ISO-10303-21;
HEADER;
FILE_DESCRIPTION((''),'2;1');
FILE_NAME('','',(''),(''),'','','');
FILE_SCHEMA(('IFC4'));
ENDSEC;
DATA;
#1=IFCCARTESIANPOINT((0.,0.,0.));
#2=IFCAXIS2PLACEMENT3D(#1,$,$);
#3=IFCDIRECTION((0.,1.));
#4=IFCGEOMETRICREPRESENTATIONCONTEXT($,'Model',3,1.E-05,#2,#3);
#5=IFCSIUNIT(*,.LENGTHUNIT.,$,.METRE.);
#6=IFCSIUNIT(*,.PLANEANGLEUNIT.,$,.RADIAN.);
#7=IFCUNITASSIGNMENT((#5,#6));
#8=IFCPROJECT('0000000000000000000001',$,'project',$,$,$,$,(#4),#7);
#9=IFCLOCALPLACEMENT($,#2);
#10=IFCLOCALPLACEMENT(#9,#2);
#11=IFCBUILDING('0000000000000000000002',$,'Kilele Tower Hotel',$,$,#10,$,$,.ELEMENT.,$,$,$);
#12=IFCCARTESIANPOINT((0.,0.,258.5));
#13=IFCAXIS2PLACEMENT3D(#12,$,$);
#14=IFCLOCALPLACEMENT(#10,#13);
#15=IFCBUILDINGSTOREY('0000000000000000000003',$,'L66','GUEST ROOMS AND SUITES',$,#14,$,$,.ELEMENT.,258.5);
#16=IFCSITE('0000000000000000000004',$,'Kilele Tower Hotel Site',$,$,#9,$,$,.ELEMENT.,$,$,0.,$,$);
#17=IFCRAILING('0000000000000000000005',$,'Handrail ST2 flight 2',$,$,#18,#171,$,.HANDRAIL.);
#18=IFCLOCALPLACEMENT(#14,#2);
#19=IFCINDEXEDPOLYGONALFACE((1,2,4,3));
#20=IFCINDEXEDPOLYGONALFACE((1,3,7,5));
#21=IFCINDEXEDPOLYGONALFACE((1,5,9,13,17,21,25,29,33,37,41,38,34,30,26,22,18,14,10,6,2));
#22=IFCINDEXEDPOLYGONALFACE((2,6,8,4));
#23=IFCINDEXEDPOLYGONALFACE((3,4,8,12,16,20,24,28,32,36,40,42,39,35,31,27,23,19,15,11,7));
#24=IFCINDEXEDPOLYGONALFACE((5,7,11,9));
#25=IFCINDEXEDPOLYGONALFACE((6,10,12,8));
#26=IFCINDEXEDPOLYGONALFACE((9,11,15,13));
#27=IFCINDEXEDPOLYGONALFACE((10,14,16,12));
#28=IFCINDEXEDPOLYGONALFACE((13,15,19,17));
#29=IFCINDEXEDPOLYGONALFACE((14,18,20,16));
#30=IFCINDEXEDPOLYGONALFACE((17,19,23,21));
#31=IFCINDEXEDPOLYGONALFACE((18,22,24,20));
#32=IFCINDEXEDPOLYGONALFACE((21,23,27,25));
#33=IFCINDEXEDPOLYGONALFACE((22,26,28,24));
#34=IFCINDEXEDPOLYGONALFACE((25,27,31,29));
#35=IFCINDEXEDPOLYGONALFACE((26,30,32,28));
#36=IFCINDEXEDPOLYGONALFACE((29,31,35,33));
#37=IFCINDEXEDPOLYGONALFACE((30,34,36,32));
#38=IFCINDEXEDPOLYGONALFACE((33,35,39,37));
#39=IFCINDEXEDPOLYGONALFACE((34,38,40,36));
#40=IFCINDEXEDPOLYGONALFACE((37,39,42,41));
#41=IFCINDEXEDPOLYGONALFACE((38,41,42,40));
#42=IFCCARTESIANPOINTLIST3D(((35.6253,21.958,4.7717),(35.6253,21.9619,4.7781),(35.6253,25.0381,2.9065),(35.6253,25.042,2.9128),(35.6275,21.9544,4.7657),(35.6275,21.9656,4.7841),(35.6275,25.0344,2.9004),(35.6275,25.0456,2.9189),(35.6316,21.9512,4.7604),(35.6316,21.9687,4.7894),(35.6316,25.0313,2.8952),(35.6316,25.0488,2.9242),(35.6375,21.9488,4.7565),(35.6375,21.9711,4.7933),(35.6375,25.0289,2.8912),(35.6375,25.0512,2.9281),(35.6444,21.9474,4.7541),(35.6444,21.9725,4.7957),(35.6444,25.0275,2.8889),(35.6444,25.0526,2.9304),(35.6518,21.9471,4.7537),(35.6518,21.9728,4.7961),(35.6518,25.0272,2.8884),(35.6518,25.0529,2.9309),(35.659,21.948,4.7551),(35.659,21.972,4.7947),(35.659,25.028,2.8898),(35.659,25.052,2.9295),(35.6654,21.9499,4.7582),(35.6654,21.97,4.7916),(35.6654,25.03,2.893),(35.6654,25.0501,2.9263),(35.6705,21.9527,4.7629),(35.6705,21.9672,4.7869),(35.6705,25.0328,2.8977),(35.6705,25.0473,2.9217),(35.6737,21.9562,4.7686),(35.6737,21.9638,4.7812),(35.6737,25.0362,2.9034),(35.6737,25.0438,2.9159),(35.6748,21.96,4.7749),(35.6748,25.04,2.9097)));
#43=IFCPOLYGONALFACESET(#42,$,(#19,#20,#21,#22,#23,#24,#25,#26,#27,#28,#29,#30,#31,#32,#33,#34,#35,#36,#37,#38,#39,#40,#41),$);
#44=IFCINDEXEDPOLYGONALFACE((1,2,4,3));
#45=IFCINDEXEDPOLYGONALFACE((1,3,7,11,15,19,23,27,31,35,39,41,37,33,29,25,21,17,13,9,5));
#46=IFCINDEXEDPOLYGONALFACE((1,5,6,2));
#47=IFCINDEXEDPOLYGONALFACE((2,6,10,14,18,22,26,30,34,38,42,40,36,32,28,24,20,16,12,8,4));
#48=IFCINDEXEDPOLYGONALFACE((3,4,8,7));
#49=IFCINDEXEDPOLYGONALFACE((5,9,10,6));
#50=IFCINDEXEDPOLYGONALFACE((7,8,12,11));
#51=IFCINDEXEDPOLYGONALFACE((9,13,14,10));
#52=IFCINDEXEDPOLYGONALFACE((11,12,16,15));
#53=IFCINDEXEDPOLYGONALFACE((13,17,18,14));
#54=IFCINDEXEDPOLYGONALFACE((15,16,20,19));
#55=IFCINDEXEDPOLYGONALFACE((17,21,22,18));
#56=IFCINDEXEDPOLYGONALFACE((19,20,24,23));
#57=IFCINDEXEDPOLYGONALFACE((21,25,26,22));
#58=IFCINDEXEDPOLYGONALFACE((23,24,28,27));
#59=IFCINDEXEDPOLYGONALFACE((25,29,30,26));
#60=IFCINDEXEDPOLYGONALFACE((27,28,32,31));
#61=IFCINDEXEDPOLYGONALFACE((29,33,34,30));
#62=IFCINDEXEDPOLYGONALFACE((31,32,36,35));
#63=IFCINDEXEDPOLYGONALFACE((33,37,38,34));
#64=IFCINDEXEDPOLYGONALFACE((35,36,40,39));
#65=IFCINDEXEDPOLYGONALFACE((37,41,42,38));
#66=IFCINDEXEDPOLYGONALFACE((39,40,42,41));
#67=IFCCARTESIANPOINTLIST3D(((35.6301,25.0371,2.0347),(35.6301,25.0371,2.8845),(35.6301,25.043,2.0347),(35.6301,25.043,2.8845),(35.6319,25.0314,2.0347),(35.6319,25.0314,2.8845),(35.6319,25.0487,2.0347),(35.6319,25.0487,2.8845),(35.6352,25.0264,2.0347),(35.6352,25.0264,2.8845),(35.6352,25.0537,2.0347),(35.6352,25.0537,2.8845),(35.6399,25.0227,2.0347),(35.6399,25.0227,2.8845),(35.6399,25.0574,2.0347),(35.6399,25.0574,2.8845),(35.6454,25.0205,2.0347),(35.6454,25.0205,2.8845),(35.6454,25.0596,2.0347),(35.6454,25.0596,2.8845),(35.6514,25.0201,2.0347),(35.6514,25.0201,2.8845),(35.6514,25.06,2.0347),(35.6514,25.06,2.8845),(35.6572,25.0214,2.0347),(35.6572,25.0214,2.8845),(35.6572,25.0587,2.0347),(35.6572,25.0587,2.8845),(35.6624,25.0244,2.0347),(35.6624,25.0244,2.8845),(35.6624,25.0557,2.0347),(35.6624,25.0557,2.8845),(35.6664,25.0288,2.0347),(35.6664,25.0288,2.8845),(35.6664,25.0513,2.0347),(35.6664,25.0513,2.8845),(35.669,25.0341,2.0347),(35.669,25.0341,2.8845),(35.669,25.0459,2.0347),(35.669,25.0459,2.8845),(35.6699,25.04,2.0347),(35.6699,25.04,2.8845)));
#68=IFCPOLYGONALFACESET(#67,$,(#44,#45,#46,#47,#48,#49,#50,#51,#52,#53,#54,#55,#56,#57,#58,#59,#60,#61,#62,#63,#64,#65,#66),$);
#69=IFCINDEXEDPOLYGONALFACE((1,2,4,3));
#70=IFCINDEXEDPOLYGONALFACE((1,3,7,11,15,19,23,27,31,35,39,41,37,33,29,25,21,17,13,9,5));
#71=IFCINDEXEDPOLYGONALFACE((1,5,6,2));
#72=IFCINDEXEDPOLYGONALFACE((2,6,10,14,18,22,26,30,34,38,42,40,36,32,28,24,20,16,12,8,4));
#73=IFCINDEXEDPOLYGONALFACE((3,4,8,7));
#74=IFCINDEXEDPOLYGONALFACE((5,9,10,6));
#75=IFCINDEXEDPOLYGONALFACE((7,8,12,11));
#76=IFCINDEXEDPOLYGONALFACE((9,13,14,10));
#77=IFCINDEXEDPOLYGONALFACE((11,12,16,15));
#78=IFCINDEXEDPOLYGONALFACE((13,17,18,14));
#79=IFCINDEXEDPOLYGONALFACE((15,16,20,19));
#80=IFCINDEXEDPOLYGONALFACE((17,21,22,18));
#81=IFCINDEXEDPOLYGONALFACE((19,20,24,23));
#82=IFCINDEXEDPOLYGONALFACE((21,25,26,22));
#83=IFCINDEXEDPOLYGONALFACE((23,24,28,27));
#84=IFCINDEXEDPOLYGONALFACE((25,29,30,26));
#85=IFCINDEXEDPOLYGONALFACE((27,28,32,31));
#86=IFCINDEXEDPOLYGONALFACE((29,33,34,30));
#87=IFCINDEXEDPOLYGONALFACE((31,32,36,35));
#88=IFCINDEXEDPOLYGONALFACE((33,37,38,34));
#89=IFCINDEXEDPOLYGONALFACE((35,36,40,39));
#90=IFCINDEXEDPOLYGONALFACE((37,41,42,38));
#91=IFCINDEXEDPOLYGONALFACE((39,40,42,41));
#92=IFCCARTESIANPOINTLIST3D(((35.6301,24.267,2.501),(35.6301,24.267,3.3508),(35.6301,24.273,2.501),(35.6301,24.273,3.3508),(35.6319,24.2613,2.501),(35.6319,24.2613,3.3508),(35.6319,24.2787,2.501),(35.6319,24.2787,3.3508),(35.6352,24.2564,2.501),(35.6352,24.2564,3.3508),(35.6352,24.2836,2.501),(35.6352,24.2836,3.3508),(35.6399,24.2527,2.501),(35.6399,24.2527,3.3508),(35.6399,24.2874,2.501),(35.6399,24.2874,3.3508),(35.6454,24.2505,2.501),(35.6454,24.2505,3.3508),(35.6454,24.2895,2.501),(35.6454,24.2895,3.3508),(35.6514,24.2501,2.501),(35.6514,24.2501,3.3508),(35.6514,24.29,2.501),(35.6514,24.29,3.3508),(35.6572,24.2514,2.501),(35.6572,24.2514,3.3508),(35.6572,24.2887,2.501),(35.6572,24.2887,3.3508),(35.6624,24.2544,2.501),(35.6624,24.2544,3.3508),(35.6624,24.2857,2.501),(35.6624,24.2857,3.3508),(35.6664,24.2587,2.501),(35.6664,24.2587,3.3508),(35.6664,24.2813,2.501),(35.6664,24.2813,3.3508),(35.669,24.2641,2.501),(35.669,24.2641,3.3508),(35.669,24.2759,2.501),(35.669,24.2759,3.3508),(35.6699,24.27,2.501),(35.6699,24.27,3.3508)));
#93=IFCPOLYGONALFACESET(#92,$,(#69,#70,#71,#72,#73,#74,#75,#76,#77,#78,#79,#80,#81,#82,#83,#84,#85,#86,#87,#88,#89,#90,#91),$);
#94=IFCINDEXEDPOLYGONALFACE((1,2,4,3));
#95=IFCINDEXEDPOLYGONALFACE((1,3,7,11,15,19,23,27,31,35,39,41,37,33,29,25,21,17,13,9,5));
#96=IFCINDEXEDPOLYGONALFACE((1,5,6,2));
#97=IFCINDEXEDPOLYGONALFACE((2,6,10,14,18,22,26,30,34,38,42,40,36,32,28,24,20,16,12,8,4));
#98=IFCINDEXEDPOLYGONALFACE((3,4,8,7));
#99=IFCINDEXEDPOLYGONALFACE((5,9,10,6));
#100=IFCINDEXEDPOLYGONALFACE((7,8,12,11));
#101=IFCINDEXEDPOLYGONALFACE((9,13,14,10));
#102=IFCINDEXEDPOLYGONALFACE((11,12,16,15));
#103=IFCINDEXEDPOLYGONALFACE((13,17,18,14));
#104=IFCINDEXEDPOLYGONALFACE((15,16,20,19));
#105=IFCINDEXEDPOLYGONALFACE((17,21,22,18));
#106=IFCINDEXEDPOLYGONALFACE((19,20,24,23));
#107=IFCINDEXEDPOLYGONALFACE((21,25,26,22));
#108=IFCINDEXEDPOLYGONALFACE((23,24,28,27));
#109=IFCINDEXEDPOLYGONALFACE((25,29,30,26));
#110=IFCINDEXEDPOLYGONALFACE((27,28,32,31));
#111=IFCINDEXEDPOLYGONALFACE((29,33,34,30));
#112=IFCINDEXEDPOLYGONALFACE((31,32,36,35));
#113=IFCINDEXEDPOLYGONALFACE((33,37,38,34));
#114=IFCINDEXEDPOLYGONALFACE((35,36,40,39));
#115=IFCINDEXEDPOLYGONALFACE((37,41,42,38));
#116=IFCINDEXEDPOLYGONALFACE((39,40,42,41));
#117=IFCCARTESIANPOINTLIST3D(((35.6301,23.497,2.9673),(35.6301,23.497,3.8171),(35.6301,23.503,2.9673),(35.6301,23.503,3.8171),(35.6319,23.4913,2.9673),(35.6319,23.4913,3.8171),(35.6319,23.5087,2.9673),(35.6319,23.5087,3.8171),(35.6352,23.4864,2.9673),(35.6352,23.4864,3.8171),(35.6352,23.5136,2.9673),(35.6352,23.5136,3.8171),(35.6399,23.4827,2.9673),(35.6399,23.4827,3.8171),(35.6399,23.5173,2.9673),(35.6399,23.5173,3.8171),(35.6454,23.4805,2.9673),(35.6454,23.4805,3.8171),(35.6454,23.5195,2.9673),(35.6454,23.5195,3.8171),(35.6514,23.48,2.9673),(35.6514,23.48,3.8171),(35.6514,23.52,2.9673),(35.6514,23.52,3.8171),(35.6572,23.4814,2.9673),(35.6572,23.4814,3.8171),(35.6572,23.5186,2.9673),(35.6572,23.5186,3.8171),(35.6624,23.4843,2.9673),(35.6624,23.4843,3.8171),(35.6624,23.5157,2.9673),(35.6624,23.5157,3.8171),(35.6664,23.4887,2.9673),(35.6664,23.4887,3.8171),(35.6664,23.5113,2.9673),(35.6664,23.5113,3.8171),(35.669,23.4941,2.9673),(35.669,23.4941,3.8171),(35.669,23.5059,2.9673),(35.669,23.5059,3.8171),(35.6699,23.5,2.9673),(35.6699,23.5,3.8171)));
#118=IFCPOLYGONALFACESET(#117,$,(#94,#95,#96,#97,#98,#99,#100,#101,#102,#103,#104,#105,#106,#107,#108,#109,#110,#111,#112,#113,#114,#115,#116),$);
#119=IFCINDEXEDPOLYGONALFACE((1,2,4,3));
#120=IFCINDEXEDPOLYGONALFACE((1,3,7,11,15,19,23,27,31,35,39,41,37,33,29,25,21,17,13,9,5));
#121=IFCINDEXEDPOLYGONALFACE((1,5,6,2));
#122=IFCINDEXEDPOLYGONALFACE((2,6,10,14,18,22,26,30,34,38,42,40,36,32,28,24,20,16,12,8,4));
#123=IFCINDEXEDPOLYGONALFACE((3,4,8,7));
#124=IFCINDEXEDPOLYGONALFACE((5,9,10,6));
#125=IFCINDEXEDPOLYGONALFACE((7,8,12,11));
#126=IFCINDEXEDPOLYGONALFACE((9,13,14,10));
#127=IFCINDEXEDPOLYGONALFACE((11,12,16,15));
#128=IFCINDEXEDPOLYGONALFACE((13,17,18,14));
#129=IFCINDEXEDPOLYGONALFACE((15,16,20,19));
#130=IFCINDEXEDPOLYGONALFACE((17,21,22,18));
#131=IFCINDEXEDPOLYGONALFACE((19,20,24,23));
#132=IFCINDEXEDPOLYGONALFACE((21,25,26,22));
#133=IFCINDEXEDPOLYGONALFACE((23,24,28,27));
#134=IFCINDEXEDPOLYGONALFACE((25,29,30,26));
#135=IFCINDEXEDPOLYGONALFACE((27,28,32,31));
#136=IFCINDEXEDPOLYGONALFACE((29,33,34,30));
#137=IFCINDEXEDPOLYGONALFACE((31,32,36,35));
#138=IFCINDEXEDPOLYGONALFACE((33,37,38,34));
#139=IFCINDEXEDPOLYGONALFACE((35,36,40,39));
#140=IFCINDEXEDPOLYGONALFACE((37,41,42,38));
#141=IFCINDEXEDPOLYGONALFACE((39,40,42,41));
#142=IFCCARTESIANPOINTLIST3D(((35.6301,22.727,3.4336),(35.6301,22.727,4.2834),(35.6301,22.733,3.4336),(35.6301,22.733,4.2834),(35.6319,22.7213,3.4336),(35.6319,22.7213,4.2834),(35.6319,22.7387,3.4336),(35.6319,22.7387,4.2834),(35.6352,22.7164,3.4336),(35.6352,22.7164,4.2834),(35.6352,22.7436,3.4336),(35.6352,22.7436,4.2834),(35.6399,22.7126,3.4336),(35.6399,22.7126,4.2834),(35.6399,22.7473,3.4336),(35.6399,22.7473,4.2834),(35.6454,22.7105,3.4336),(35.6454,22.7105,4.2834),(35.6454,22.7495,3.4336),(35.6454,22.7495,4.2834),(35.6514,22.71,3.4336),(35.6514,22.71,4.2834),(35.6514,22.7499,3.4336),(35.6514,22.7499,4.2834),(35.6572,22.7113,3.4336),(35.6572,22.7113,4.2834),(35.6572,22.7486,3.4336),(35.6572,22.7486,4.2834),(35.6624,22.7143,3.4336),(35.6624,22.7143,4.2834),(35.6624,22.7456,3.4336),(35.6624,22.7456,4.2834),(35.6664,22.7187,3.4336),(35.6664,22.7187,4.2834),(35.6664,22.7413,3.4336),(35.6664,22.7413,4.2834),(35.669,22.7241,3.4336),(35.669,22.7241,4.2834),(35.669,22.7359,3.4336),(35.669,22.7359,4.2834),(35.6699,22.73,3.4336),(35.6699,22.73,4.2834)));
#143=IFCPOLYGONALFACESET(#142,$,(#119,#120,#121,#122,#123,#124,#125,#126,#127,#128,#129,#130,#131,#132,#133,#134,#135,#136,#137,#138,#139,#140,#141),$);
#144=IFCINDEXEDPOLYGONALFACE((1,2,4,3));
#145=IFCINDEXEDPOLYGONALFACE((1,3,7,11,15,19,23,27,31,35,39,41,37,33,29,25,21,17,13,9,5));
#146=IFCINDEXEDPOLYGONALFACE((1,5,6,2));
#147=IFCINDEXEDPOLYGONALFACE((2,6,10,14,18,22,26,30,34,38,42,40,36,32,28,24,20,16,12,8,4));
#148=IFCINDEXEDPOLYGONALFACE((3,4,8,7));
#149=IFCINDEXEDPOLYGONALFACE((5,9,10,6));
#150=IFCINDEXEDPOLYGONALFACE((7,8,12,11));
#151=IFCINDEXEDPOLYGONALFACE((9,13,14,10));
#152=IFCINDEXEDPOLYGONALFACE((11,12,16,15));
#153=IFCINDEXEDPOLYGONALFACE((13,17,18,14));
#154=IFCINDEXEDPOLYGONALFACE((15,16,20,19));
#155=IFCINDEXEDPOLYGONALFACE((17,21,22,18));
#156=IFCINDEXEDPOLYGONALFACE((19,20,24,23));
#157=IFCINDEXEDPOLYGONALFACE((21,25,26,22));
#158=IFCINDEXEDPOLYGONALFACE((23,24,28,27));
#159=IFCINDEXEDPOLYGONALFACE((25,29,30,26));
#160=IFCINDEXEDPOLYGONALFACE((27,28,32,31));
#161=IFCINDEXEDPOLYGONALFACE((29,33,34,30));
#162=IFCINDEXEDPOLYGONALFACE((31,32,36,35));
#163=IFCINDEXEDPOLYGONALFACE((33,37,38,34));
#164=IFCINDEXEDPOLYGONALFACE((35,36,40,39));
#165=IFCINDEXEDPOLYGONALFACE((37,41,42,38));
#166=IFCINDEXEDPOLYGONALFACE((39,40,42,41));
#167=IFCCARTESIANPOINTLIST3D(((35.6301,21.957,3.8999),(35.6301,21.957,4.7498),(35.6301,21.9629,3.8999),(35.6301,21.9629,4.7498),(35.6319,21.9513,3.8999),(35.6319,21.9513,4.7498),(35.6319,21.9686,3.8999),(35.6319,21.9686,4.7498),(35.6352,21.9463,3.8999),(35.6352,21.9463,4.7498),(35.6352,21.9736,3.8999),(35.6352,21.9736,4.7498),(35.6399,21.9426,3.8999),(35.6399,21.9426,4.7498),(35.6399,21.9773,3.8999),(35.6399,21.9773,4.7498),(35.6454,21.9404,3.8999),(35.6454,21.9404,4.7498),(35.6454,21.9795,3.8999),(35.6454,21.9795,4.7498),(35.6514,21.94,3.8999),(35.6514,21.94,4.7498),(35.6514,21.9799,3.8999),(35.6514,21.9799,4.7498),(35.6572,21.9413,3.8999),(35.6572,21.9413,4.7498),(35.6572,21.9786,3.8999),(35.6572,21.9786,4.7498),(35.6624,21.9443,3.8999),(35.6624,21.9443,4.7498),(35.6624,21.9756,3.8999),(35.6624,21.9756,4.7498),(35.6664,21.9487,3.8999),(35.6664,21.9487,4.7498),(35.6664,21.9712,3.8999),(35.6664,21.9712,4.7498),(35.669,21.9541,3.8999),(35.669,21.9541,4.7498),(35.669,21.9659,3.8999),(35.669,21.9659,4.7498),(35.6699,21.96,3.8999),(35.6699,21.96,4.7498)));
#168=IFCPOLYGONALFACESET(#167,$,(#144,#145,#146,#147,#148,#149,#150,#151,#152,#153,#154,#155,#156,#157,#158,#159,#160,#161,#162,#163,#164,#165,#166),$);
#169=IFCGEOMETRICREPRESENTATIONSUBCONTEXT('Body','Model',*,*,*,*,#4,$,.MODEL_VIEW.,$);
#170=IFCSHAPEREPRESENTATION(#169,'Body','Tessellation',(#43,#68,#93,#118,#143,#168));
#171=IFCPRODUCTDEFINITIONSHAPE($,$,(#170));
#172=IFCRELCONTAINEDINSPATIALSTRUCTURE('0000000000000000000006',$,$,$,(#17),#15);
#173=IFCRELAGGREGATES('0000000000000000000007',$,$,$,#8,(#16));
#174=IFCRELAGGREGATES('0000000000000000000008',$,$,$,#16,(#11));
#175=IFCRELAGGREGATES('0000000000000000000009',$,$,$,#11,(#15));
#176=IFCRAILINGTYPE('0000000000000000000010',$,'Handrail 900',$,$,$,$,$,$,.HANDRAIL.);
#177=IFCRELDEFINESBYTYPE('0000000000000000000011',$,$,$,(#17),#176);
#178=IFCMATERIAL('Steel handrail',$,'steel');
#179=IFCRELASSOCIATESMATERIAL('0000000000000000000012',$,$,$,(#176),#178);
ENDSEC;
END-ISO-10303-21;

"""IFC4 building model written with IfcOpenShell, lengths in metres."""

from ifc_helpers import new_model, si_unit, direction, frame, origin, origin_2d, place, context, subcontext, project, spatial, circle, extrude, material, type_object, element, save


model = new_model("IFC4")

# Units and contexts
model_context = context("Model", 3, precision=1e-05, world=origin(), true_north=direction((0.0, 1.0)))
body_context = subcontext(model_context, "Body", "Model", "MODEL_VIEW")
ifc_project = project(units=[si_unit("LENGTHUNIT", "METRE"), si_unit("PLANEANGLEUNIT", "RADIAN")], contexts=[model_context])

# Site, building, storey
site_placement = place(None, origin())
site = spatial("IfcSite", under=ifc_project, at=site_placement, Name="Kilele Tower Hotel Site", CompositionType="ELEMENT", RefElevation=0.0)
building_placement = place(site_placement, origin())
building = spatial("IfcBuilding", under=site, at=building_placement, Name="Kilele Tower Hotel", CompositionType="ELEMENT")
storey_placement = place(building_placement, frame((0.0, 0.0, 258.5)))
storey = spatial("IfcBuildingStorey", under=building, at=storey_placement, Name="L66", Description="GUEST ROOMS AND SUITES", CompositionType="ELEMENT", Elevation=258.5)

# Railing
ifc_material_1 = material(Name="Steel handrail", Category="steel")
railing_type_1 = type_object("IfcRailingType", Name="Handrail 900", PredefinedType="HANDRAIL", material=ifc_material_1)
for number, where, name in (
    (1, (35.6499, 25.04, 2.0347), "Handrail ST2 flight 2"),
):
    element("IfcRailing", number, at=place(storey_placement, frame(where)), inside=storey, type_object=railing_type_1, Name=name, PredefinedType="HANDRAIL", context=body_context, shape_type="SweptSolid", body=[
        extrude(circle(Radius=0.0249, at=origin_2d()), frame((0.0, 0.0, 0.875), z_axis=(0.0, -0.85538, 0.518001), x_axis=(1.0, 0.0, 0.0)), (0.0, 0.0, 1.0), 3.6008),
        extrude(circle(Radius=0.02, at=origin_2d()), origin(), (0.0, 0.0, 1.0), 0.8499),
        extrude(circle(Radius=0.02, at=origin_2d()), frame((0.0, -0.77, 0.4663)), (0.0, 0.0, 1.0), 0.8499),
        extrude(circle(Radius=0.02, at=origin_2d()), frame((0.0, -1.54, 0.9326)), (0.0, 0.0, 1.0), 0.8499),
        extrude(circle(Radius=0.02, at=origin_2d()), frame((0.0, -2.3101, 1.3989)), (0.0, 0.0, 1.0), 0.8499),
        extrude(circle(Radius=0.02, at=origin_2d()), frame((0.0, -3.0801, 1.8652)), (0.0, 0.0, 1.0), 0.8499),
    ])

save(model, "model.ifc")
